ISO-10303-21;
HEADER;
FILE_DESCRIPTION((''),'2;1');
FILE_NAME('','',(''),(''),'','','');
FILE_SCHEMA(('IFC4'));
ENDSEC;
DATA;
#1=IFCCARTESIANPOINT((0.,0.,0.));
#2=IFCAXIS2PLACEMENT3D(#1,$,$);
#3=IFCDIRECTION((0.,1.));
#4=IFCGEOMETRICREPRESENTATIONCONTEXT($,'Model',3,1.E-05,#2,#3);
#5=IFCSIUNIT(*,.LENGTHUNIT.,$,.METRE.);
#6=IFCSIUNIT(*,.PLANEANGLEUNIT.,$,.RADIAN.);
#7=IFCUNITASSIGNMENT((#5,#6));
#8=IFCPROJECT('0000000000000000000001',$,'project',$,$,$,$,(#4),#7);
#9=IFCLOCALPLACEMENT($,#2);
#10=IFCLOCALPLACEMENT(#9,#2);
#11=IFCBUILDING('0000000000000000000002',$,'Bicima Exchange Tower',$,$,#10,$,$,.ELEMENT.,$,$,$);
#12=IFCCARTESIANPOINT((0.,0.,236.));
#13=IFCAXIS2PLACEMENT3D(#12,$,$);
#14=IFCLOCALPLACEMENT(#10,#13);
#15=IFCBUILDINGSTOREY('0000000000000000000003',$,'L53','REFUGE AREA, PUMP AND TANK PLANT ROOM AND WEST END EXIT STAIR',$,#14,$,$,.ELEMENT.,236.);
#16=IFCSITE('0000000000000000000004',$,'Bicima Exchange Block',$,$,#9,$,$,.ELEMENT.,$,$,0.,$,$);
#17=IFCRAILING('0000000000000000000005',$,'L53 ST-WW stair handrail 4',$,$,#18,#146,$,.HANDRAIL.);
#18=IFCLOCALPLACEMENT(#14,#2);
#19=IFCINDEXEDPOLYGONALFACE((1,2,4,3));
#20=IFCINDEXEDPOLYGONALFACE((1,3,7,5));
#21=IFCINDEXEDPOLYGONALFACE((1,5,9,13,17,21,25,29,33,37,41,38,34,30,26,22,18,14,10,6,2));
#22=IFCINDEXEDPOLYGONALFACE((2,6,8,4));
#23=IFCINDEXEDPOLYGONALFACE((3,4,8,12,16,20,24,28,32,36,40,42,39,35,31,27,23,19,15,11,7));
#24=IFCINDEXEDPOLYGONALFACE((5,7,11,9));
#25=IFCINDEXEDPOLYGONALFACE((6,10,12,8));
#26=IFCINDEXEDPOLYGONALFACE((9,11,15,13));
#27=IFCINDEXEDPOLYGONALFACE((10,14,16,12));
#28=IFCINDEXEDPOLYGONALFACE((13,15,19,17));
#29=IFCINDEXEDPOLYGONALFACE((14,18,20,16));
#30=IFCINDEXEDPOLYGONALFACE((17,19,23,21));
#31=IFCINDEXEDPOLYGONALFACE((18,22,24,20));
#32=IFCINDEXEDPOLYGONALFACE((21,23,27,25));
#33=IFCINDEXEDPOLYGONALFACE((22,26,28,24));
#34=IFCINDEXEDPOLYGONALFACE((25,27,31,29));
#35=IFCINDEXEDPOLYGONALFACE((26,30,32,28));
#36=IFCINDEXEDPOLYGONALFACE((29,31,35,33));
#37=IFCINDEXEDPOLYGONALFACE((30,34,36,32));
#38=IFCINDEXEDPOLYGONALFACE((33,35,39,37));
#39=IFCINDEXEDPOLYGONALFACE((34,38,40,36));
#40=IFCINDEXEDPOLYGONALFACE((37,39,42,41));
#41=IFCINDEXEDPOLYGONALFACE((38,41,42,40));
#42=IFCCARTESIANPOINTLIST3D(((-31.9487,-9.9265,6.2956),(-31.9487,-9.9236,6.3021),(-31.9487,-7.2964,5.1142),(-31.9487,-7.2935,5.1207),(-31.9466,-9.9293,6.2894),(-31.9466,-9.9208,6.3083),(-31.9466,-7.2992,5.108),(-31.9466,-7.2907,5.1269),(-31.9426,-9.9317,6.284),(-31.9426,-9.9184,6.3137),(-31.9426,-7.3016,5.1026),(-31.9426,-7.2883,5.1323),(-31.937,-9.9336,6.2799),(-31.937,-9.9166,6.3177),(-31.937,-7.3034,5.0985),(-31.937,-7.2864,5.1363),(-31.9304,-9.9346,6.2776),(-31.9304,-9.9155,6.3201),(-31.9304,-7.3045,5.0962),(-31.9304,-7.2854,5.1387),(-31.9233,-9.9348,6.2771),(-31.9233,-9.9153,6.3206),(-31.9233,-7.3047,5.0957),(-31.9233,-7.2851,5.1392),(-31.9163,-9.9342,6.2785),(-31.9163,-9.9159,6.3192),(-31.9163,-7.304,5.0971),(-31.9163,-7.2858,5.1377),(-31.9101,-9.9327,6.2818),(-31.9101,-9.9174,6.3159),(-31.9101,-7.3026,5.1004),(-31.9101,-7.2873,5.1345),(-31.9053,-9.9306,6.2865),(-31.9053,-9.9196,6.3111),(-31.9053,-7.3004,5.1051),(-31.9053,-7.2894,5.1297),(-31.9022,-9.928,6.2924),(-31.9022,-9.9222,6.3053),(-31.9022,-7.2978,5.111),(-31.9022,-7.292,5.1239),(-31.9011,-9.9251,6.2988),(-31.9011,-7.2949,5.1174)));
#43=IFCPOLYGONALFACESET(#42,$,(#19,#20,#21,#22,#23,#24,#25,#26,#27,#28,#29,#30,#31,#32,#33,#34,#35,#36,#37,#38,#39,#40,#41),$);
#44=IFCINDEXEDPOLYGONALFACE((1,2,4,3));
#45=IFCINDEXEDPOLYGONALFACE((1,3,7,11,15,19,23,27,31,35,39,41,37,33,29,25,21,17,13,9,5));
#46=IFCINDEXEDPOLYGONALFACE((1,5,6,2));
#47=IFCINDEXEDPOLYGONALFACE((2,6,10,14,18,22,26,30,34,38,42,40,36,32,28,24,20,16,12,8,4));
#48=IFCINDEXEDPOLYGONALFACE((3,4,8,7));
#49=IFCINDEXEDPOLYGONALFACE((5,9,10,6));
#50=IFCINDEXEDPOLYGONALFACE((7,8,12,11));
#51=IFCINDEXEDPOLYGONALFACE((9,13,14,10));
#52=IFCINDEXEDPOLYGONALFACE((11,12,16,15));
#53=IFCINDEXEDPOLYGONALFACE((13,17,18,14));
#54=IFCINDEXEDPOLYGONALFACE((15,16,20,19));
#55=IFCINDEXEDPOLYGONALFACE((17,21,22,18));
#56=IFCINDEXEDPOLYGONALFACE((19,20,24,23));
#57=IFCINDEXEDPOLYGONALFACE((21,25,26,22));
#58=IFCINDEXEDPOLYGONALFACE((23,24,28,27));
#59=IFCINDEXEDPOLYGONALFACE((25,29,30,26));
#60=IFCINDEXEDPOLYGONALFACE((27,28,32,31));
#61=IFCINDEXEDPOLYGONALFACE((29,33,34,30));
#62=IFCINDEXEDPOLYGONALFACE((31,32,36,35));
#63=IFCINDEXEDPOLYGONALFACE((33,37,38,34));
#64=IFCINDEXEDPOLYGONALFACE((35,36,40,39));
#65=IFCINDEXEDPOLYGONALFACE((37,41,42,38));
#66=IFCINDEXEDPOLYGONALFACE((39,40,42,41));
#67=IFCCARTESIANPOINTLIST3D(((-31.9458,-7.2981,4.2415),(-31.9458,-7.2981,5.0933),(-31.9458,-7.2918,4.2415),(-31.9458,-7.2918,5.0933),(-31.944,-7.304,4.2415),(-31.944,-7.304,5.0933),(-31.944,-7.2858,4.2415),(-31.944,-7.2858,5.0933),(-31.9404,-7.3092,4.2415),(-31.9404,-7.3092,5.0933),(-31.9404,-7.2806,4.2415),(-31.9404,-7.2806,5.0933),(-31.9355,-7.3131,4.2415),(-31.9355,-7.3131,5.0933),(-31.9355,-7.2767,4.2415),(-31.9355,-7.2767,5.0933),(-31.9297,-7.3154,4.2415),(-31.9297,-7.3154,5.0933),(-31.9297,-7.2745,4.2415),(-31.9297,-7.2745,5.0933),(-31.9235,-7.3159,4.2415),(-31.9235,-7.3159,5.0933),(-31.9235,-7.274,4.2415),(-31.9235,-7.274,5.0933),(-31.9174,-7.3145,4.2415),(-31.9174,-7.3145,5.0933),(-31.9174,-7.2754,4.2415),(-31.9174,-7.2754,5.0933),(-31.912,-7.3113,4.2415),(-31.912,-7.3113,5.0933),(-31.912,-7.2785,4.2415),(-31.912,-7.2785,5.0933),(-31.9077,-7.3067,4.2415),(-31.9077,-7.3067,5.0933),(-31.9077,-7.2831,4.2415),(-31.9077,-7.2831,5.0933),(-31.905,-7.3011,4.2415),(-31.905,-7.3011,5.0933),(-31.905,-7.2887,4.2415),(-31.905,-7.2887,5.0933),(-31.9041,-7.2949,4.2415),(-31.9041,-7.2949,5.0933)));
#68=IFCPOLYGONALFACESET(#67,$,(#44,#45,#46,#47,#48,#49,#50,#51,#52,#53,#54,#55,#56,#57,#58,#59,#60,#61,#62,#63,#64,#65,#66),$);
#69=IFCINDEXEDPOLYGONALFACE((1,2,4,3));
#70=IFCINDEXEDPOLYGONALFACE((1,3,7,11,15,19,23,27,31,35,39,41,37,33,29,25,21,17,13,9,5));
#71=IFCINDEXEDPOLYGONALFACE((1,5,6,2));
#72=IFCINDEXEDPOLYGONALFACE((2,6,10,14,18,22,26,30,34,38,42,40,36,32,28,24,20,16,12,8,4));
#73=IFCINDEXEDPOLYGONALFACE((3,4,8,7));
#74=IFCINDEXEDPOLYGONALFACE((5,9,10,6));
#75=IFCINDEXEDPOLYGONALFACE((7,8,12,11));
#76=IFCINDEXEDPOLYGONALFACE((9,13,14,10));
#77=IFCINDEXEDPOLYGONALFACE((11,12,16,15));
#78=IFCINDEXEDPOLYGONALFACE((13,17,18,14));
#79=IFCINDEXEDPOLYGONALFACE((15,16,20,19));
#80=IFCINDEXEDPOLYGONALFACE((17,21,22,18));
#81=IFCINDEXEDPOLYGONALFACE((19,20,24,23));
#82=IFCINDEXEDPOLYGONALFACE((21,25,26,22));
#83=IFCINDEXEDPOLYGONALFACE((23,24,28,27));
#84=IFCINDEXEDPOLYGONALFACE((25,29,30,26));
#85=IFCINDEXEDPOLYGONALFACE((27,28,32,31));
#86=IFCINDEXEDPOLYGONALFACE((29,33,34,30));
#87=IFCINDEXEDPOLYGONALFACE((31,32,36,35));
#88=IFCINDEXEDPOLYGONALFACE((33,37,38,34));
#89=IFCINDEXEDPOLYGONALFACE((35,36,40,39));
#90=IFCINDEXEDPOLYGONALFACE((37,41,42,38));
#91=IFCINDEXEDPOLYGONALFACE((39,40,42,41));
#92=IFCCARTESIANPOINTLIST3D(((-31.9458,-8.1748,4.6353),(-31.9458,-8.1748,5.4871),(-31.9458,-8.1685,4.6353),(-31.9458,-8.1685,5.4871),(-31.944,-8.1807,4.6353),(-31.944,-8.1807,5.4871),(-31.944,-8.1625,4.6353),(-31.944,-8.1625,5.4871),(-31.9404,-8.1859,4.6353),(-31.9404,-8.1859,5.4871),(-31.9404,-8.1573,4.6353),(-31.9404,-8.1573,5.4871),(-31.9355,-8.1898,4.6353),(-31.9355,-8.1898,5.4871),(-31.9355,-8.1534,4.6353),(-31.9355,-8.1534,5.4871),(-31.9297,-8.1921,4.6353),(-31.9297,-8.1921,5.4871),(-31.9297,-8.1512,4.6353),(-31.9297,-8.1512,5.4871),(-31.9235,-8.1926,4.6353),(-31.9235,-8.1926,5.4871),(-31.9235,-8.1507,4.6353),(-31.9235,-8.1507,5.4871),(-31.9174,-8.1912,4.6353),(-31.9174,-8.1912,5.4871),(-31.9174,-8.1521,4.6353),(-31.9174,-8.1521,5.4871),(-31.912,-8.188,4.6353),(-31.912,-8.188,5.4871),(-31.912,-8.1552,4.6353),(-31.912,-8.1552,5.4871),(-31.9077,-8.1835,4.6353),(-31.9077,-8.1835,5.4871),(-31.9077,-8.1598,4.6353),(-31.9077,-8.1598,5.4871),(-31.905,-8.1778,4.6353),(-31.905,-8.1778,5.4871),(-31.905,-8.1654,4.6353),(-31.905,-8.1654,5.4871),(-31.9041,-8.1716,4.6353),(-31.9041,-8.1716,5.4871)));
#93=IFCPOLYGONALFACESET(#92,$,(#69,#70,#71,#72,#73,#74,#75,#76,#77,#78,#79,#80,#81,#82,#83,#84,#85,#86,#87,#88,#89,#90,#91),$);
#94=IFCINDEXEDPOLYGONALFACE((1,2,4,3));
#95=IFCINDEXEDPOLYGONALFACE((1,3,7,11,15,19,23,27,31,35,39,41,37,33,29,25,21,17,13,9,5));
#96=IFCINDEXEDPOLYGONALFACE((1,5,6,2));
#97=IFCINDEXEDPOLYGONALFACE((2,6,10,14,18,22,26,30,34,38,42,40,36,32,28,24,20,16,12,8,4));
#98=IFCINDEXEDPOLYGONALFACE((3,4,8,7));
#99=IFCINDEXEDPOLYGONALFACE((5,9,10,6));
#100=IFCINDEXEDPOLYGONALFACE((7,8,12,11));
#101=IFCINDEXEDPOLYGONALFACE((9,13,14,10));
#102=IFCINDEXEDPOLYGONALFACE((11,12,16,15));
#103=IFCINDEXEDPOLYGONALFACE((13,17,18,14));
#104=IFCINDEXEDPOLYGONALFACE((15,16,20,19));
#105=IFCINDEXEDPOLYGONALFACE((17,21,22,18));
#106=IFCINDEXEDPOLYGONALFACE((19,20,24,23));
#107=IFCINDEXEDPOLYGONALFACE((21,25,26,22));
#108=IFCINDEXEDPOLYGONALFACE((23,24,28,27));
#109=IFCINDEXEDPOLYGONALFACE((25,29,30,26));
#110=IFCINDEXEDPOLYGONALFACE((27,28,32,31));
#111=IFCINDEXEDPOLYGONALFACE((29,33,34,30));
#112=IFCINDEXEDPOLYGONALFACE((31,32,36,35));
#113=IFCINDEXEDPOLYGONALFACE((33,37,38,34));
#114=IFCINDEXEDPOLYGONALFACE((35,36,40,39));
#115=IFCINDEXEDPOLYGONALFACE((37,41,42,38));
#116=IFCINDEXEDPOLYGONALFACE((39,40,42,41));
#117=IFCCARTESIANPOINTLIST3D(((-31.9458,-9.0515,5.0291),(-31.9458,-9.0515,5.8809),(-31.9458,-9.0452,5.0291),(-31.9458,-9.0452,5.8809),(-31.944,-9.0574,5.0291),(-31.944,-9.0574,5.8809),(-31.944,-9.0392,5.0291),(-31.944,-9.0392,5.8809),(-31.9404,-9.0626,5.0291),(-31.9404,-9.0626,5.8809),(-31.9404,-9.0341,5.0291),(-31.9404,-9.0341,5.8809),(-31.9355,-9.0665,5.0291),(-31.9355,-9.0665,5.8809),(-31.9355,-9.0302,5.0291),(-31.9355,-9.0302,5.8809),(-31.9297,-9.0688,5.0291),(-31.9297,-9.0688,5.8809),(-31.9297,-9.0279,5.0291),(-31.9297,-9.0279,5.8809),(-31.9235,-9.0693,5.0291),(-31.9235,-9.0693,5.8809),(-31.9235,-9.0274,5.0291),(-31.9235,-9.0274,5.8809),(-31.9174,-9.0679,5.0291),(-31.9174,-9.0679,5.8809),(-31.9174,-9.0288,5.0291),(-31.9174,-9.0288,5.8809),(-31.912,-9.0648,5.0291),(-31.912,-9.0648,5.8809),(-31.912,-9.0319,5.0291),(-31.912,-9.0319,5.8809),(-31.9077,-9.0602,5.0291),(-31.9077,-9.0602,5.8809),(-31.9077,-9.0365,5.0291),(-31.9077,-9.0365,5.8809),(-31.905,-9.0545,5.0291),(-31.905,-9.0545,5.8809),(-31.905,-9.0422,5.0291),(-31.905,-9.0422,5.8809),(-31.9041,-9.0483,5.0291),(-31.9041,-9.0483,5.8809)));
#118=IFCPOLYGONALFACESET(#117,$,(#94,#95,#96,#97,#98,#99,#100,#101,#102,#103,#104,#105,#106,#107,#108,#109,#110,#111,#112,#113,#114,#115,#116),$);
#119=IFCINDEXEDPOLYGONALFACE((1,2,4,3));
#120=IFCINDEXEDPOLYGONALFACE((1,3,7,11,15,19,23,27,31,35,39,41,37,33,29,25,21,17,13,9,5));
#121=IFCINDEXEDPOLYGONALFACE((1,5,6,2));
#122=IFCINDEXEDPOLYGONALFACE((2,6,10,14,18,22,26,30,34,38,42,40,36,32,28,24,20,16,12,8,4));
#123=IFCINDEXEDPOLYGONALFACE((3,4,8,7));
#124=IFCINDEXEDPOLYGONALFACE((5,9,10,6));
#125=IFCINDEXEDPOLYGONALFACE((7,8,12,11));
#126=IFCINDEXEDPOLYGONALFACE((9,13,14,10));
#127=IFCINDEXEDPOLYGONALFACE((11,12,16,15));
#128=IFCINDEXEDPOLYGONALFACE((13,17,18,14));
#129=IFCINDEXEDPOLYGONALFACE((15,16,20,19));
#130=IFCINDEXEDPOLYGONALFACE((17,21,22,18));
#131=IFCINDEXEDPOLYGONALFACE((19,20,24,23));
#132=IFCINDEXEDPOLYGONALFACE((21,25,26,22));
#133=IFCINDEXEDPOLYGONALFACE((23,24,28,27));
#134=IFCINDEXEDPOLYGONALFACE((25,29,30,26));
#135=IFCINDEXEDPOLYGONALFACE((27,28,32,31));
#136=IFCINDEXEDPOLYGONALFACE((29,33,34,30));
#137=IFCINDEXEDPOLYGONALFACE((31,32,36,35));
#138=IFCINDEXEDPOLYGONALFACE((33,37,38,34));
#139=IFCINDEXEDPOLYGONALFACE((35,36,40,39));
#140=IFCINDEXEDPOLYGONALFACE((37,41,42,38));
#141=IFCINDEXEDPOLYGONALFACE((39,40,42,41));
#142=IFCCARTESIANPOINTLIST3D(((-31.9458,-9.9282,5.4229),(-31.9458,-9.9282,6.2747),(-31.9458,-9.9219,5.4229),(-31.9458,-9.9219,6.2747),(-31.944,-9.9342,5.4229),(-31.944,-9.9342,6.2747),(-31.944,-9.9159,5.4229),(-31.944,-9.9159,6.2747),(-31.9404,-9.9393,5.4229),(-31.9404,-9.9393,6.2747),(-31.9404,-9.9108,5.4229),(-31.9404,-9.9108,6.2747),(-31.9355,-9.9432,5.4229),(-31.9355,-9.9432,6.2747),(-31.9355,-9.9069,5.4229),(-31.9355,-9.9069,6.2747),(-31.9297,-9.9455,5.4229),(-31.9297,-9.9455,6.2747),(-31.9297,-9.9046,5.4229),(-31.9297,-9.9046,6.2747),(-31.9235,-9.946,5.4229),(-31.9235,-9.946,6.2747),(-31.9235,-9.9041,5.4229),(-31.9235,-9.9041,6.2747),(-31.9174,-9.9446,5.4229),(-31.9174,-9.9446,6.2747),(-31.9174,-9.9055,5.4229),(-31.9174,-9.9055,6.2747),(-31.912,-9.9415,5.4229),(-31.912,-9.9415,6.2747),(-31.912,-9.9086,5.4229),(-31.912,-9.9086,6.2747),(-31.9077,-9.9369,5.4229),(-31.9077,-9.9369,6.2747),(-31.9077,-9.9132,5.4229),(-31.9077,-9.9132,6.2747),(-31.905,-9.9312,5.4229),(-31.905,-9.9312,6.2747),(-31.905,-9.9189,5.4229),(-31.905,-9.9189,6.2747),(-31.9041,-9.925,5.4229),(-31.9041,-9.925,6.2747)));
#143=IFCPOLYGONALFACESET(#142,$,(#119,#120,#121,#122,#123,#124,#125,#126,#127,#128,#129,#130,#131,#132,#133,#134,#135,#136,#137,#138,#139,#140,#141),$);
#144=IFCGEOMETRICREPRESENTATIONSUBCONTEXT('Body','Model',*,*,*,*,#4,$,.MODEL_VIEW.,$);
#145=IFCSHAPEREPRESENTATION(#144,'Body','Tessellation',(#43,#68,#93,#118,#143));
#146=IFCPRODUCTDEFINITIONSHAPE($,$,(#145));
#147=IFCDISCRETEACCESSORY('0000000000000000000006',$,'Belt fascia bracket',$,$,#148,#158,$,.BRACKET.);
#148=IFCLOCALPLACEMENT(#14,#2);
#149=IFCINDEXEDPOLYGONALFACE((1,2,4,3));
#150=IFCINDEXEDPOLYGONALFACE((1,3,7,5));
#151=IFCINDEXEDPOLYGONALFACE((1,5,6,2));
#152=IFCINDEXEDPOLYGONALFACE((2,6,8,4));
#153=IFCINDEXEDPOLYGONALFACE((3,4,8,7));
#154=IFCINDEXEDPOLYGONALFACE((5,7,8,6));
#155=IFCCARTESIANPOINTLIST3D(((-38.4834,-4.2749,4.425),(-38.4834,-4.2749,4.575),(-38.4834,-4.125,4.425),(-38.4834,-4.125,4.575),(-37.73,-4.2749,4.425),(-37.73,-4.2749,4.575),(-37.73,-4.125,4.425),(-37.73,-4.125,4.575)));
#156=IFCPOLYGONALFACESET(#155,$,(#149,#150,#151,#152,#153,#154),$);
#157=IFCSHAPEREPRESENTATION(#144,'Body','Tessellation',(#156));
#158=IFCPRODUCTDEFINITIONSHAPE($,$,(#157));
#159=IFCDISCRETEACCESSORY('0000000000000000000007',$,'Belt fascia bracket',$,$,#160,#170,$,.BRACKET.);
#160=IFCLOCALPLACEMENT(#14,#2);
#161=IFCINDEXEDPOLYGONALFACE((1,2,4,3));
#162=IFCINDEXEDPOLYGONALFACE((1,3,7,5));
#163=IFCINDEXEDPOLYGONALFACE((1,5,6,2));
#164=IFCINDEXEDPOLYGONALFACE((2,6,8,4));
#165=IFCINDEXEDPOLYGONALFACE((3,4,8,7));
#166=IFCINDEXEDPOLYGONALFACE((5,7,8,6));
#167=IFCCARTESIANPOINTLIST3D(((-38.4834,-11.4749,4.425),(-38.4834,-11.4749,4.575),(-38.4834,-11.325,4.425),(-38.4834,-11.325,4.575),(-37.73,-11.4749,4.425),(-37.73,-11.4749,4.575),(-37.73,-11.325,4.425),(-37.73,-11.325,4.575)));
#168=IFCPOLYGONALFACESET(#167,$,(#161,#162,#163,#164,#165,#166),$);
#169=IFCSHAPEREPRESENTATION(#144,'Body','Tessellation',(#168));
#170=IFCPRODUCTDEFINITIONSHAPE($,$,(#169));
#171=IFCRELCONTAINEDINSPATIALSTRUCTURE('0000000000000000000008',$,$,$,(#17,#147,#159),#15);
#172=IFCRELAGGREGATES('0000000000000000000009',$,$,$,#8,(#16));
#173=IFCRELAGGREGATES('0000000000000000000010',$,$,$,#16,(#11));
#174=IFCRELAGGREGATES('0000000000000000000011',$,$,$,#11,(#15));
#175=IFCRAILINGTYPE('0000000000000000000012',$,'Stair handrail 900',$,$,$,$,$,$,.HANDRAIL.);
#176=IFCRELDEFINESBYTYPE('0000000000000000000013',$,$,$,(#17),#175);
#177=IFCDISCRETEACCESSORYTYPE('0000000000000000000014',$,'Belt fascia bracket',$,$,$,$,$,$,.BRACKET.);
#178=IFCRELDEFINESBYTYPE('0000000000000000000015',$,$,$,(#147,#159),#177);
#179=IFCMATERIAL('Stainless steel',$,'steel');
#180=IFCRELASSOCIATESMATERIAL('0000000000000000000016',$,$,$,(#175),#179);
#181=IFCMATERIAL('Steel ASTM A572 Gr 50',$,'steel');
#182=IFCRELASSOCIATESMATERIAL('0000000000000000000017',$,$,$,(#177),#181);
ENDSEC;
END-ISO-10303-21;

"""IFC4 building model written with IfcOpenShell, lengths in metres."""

from ifc_helpers import new_model, si_unit, direction, frame, origin, origin_2d, place, context, subcontext, project, spatial, rectangle, circle, extrude, material, type_object, element, save


model = new_model("IFC4")

# Units and contexts
model_context = context("Model", 3, precision=1e-05, world=origin(), true_north=direction((0.0, 1.0)))
body_context = subcontext(model_context, "Body", "Model", "MODEL_VIEW")
ifc_project = project(units=[si_unit("LENGTHUNIT", "METRE"), si_unit("PLANEANGLEUNIT", "RADIAN")], contexts=[model_context])

# Site, building, storey
site_placement = place(None, origin())
site = spatial("IfcSite", under=ifc_project, at=site_placement, Name="Bicima Exchange Block", CompositionType="ELEMENT", RefElevation=0.0)
building_placement = place(site_placement, origin())
building = spatial("IfcBuilding", under=site, at=building_placement, Name="Bicima Exchange Tower", CompositionType="ELEMENT")
storey_placement = place(building_placement, frame((0.0, 0.0, 236.0)))
storey = spatial("IfcBuildingStorey", under=building, at=storey_placement, Name="L53", Description="REFUGE AREA, PUMP AND TANK PLANT ROOM AND WEST END EXIT STAIR", CompositionType="ELEMENT", Elevation=236.0)

# Shared definitions
ifc_material_1 = material(Name="Steel ASTM A572 Gr 50", Category="steel")

# Railing
ifc_material_2 = material(Name="Stainless steel", Category="steel")
railing_type_1 = type_object("IfcRailingType", Name="Stair handrail 900", PredefinedType="HANDRAIL", material=ifc_material_2)
railing_1_placement = place(storey_placement, frame((-31.925, -7.2949, 4.2415)))
element("IfcRailing", 1, at=railing_1_placement, inside=storey, type_object=railing_type_1, Name="L53 ST-WW stair handrail 4", PredefinedType="HANDRAIL", context=body_context, shape_type="SweptSolid", body=[
    extrude(circle(Radius=0.0239, at=origin_2d()), frame((0.0, 0.0, 0.876), z_axis=(0.0, -0.912202, 0.409741), x_axis=(1.0, 0.0, 0.0)), (0.0, 0.0, 1.0), 2.8833),
    extrude(circle(Radius=0.021, at=origin_2d()), origin(), (0.0, 0.0, 1.0), 0.8518),
    extrude(circle(Radius=0.021, at=origin_2d()), frame((0.0, -0.8767, 0.3938)), (0.0, 0.0, 1.0), 0.8518),
    extrude(circle(Radius=0.021, at=origin_2d()), frame((0.0, -1.7534, 0.7876)), (0.0, 0.0, 1.0), 0.8518),
    extrude(circle(Radius=0.021, at=origin_2d()), frame((0.0, -2.6301, 1.1814)), (0.0, 0.0, 1.0), 0.8518),
])

# Discrete accessories
discrete_accessory_type = type_object("IfcDiscreteAccessoryType", Name="Belt fascia bracket", PredefinedType="BRACKET", material=ifc_material_1)
for number, where, z_axis, x_axis, name in (
    (2, (-38.1067, -4.2, 4.425), (0.0, 0.0, 1.0), (0.0, -1.0, 0.0), "Belt fascia bracket"),
    (3, (-38.1067, -11.3999, 4.425), (0.0, 0.0, 1.0), (0.0, -1.0, 0.0), "Belt fascia bracket"),
):
    element("IfcDiscreteAccessory", number, at=place(storey_placement, frame(where, z_axis=z_axis, x_axis=x_axis)), inside=storey, type_object=discrete_accessory_type, Name=name, PredefinedType="BRACKET", context=body_context, shape_type="SweptSolid", body=[
        extrude(rectangle(XDim=0.1499, YDim=0.7534, at=origin_2d()), origin(), (0.0, 0.0, 1.0), 0.1499),
    ])

save(model, "model.ifc")
